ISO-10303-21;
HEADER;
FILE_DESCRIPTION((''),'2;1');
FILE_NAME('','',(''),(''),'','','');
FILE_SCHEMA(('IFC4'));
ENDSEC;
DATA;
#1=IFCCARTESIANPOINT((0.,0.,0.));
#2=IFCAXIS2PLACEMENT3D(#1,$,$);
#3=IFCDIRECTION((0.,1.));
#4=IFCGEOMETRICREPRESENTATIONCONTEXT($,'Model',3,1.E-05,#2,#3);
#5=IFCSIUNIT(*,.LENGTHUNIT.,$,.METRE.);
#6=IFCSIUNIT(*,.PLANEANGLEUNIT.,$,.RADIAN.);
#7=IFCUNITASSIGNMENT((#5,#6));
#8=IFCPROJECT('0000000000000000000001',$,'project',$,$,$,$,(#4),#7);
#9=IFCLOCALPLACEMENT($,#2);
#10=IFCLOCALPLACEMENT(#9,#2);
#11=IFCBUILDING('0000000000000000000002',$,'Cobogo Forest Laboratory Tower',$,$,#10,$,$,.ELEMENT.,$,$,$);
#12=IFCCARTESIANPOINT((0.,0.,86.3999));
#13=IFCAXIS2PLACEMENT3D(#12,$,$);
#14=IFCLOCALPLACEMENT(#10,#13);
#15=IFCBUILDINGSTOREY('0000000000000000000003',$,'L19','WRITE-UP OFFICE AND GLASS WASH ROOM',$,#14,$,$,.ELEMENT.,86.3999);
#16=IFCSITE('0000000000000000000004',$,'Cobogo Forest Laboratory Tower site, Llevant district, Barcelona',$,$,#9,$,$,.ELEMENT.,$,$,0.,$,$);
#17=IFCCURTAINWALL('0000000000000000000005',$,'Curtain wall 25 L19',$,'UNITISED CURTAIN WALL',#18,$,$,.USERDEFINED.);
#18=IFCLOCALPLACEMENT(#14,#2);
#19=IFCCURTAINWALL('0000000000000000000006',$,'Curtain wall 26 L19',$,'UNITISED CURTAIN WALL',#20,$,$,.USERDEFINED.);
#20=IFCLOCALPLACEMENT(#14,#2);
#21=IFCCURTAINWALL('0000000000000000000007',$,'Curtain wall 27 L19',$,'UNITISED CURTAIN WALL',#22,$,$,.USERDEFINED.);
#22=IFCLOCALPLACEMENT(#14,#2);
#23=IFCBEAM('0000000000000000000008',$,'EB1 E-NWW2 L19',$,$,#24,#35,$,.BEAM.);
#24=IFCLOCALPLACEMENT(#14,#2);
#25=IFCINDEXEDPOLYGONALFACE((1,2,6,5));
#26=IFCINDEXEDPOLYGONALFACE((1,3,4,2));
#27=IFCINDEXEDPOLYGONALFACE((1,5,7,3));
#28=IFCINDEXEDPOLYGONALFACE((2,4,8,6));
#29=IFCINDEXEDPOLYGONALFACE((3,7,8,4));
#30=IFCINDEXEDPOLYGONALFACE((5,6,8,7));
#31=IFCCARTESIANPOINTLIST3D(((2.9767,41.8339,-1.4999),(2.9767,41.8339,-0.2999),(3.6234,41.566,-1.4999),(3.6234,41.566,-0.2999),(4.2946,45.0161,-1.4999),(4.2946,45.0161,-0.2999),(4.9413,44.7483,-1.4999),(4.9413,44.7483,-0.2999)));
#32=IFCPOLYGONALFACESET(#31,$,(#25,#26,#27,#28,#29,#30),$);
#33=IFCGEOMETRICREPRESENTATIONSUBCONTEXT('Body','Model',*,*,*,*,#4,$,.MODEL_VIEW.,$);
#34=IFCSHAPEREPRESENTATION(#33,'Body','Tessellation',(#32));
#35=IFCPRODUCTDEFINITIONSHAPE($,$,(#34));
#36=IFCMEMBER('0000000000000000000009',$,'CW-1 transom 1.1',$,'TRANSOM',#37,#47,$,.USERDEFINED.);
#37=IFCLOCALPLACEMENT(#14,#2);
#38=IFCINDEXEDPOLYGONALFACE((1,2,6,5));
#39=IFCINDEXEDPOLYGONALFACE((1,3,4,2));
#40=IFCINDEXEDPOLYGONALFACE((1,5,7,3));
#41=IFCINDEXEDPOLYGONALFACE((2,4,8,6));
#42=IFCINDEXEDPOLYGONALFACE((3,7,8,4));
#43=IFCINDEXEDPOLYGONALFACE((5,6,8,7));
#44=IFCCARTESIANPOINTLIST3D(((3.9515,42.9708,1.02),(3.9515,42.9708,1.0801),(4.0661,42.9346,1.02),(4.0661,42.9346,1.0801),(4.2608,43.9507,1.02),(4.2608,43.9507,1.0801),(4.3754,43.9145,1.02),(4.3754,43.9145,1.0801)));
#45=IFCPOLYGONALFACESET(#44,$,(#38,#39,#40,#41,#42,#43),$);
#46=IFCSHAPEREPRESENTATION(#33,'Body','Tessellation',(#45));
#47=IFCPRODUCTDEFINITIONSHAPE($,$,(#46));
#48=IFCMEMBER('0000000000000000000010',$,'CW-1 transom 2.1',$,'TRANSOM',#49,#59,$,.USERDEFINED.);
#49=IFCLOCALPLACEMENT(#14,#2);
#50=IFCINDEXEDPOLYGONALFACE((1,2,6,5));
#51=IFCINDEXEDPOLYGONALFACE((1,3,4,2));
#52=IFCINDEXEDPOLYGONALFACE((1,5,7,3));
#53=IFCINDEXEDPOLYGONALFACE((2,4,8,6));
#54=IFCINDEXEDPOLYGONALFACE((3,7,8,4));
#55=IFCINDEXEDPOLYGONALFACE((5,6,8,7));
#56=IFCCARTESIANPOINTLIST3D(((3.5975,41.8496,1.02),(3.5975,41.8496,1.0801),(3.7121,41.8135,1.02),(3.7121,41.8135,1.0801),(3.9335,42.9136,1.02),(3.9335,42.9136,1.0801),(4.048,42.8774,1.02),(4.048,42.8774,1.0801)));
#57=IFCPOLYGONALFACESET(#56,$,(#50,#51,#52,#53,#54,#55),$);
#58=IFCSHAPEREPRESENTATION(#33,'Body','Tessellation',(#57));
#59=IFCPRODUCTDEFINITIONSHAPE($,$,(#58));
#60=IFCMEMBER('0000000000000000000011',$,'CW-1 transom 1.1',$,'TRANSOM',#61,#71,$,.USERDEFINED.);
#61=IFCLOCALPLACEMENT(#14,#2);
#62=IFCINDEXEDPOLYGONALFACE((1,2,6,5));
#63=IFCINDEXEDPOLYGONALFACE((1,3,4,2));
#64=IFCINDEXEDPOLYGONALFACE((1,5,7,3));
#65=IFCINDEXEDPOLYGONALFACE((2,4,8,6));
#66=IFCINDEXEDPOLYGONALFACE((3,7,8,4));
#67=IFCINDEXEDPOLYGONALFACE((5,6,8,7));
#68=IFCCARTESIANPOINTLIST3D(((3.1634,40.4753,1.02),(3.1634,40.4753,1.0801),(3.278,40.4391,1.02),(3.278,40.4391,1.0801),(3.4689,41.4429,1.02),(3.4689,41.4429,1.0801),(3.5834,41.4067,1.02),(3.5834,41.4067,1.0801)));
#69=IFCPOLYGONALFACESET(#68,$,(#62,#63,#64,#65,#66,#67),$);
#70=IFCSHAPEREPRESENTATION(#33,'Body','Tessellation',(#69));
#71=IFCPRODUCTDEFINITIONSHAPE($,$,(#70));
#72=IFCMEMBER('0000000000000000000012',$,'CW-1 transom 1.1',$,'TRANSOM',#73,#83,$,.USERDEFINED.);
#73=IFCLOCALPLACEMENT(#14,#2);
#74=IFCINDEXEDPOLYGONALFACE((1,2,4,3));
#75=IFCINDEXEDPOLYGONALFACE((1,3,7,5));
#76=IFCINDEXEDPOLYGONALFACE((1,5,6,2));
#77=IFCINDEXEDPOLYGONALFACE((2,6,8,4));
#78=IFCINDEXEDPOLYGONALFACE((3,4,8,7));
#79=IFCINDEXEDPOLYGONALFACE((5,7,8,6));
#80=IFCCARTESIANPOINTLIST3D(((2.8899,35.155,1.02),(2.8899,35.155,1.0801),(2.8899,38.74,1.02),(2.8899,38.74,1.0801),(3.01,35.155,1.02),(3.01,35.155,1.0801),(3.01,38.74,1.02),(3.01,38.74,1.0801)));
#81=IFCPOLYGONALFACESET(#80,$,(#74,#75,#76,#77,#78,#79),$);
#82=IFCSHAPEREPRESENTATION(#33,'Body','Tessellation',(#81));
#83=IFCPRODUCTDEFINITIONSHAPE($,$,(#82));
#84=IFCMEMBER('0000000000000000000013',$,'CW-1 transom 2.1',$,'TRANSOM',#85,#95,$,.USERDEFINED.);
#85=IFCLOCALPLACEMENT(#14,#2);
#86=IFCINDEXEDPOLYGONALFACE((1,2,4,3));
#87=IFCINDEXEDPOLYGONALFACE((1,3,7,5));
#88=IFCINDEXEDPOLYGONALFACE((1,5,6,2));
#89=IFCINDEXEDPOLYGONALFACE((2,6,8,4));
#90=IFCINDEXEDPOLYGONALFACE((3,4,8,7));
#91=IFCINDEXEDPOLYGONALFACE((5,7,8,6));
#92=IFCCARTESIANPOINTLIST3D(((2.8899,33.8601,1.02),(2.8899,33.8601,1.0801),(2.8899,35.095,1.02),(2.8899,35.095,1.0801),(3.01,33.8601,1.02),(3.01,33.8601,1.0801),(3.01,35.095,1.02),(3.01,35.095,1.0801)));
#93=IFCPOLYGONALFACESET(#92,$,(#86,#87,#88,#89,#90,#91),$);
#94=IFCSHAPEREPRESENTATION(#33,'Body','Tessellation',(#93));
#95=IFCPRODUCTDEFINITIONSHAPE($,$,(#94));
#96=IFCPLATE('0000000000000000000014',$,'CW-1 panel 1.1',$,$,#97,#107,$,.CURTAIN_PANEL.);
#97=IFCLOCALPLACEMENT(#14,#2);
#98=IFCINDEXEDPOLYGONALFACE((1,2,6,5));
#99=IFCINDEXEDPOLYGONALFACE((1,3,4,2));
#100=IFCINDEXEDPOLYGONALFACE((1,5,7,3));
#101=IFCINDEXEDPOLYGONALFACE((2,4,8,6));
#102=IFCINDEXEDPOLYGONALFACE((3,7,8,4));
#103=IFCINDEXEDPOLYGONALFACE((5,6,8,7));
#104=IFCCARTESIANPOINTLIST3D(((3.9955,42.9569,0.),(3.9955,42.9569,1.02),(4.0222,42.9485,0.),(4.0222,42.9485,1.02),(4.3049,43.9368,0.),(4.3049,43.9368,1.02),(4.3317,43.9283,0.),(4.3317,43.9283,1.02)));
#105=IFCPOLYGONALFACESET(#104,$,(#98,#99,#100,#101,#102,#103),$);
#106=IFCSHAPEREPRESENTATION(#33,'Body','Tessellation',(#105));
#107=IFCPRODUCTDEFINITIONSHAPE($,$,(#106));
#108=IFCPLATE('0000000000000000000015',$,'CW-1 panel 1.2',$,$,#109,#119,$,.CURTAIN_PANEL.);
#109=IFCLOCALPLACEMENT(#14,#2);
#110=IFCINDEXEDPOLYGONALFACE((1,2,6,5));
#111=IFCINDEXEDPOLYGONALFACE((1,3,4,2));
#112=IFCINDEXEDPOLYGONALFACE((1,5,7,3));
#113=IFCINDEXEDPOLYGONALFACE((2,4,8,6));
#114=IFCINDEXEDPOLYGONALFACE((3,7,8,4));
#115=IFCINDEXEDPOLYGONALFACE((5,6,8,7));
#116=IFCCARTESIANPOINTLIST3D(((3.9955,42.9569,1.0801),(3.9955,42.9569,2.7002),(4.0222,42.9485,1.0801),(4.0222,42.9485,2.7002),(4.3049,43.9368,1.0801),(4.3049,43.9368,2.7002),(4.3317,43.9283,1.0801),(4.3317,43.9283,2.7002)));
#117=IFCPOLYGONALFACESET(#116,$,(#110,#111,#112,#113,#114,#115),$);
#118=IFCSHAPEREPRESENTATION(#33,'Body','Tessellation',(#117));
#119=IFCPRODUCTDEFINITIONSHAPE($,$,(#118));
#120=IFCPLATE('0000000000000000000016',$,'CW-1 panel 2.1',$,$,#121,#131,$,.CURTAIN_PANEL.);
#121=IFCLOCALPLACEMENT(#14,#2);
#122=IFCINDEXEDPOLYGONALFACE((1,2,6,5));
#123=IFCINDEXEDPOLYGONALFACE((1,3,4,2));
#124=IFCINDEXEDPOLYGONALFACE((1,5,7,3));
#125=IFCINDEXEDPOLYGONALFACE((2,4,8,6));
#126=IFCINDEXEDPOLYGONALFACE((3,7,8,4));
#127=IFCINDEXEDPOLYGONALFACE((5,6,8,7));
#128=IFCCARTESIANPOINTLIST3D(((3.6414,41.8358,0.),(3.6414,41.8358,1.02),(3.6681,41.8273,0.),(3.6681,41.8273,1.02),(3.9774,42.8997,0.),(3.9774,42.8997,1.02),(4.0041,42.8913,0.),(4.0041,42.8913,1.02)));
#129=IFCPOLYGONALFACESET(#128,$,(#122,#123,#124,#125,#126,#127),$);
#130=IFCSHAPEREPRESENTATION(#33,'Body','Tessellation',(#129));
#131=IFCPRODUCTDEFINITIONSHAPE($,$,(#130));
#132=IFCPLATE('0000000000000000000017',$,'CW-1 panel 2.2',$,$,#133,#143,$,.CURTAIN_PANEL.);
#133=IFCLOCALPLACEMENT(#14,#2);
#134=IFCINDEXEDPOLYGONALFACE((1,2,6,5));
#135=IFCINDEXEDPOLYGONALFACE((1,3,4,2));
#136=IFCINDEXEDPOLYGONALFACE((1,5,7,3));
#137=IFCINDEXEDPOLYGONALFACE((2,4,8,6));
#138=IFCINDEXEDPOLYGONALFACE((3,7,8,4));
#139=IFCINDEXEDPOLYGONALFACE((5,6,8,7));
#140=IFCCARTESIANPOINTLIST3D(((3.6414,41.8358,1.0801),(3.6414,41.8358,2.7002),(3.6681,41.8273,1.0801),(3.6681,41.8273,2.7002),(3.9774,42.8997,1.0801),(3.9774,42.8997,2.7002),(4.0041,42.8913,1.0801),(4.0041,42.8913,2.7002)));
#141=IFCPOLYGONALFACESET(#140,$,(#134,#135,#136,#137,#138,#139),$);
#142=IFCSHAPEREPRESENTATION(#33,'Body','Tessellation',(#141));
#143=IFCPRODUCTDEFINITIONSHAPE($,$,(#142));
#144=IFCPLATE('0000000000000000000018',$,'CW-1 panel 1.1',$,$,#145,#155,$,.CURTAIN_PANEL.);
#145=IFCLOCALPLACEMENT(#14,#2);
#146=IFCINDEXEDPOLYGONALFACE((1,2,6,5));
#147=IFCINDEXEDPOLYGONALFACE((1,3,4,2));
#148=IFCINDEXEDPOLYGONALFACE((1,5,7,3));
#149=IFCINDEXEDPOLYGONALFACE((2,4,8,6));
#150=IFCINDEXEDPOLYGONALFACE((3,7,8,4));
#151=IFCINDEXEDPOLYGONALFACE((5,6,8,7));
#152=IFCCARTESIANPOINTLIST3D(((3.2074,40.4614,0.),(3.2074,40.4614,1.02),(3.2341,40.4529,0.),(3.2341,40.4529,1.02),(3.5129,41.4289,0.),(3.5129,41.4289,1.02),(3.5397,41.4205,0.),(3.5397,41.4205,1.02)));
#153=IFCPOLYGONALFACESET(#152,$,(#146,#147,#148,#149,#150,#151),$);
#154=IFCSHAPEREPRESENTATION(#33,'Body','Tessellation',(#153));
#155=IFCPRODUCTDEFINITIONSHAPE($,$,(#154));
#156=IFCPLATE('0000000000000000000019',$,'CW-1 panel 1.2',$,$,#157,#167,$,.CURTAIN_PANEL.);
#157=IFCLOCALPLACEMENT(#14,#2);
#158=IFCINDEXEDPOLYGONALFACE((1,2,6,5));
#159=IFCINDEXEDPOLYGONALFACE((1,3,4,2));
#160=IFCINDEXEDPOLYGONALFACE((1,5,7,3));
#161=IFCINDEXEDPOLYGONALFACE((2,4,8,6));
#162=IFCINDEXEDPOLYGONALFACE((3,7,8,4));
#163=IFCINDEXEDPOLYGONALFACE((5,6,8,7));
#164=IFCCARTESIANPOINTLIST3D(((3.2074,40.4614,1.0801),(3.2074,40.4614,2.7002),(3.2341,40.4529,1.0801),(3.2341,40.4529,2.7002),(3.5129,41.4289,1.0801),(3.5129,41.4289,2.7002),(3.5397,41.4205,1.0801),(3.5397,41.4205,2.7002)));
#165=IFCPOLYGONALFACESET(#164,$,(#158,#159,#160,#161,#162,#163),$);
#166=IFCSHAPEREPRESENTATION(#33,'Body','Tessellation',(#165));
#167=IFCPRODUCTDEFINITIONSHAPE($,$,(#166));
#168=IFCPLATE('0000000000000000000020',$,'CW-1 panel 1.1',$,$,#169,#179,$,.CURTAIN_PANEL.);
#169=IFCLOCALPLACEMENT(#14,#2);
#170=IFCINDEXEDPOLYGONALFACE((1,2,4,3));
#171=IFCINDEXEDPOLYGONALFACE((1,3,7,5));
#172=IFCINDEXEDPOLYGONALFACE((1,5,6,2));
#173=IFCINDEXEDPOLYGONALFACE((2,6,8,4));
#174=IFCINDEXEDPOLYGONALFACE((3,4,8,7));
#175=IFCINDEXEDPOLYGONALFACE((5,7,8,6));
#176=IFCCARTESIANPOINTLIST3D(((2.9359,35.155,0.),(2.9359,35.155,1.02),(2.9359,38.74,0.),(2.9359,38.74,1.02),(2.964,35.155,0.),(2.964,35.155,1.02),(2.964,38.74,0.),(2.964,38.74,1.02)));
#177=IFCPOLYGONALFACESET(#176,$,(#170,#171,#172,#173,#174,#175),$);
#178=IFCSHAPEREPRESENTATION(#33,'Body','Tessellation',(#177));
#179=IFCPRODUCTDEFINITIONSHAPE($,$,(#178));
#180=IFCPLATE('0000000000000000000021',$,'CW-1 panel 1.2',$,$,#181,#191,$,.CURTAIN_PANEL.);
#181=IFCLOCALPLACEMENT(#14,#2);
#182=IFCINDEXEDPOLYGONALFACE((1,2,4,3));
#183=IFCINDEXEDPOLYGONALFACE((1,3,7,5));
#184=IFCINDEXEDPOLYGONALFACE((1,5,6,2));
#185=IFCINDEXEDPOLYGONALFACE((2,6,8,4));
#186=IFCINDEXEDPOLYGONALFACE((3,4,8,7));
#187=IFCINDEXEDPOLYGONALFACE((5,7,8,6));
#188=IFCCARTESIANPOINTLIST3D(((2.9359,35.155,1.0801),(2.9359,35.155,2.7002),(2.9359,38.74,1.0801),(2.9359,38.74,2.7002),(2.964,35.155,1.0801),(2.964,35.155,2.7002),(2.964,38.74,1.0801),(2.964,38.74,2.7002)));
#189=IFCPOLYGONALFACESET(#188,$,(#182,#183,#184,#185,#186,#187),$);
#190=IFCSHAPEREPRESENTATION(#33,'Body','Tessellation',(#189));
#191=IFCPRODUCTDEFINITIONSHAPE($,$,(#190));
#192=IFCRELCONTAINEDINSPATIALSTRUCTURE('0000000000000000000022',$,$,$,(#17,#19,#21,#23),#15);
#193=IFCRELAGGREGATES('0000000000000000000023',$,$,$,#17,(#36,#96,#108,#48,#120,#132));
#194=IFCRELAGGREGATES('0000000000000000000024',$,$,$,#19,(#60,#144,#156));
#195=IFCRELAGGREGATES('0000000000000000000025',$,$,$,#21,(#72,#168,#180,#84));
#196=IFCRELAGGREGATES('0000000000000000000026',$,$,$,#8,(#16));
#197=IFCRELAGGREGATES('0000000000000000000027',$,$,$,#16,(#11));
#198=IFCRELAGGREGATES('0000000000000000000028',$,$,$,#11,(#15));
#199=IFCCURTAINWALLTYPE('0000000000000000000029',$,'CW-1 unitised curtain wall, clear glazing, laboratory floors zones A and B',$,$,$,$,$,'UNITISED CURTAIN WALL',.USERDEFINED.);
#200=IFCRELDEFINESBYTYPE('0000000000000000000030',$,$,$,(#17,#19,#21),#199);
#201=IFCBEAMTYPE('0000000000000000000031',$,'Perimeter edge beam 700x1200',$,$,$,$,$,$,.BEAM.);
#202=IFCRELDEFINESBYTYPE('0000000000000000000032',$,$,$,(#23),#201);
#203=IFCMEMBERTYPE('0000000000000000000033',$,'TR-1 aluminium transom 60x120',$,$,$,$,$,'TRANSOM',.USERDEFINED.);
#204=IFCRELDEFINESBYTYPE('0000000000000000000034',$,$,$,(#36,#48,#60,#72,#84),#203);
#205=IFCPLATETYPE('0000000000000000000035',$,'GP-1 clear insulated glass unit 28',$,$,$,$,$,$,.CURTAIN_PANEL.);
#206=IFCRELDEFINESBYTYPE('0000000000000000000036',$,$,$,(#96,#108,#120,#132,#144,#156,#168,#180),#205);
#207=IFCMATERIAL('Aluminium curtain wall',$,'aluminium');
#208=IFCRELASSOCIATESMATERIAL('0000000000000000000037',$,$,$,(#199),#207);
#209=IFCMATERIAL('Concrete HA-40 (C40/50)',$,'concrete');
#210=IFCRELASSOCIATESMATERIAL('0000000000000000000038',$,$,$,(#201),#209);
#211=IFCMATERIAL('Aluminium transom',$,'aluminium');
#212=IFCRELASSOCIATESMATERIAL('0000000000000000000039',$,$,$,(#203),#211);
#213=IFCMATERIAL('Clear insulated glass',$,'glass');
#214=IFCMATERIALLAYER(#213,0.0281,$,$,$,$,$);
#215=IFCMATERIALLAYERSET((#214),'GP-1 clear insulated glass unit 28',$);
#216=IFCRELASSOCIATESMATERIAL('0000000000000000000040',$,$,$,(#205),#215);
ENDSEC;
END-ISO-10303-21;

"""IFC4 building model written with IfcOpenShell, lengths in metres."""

from ifc_helpers import new_model, si_unit, direction, frame, origin, origin_2d, place, context, subcontext, project, spatial, rectangle, extrude, material, layer, layer_set, material_profile, profile_set, type_object, element, aggregate, save


model = new_model("IFC4")

# Units and contexts
model_context = context("Model", 3, precision=1e-05, world=origin(), true_north=direction((0.0, 1.0)))
body_context = subcontext(model_context, "Body", "Model", "MODEL_VIEW")
ifc_project = project(units=[si_unit("LENGTHUNIT", "METRE"), si_unit("PLANEANGLEUNIT", "RADIAN")], contexts=[model_context])

# Site, building, storey
site_placement = place(None, origin())
site = spatial("IfcSite", under=ifc_project, at=site_placement, Name="Cobogo Forest Laboratory Tower site, Llevant district, Barcelona", CompositionType="ELEMENT", RefElevation=0.0)
building_placement = place(site_placement, origin())
building = spatial("IfcBuilding", under=site, at=building_placement, Name="Cobogo Forest Laboratory Tower", CompositionType="ELEMENT")
storey_placement = place(building_placement, frame((0.0, 0.0, 86.3999)))
storey = spatial("IfcBuildingStorey", under=building, at=storey_placement, Name="L19", Description="WRITE-UP OFFICE AND GLASS WASH ROOM", CompositionType="ELEMENT", Elevation=86.3999)

# Shared definitions
ifc_material_1 = material(Name="Concrete HA-40 (C40/50)", Category="concrete")

# Curtain walls
ifc_material_2 = material(Name="Aluminium curtain wall", Category="aluminium")
curtain_wall_type = type_object("IfcCurtainWallType", Name="CW-1 unitised curtain wall, clear glazing, laboratory floors zones A and B", ElementType="UNITISED CURTAIN WALL", PredefinedType="USERDEFINED", material=ifc_material_2)
curtain_wall_1_placement = place(storey_placement, origin())
curtain_wall_1 = element("IfcCurtainWall", 1, at=curtain_wall_1_placement, inside=storey, type_object=curtain_wall_type, Name="Curtain wall 25 L19", ObjectType="UNITISED CURTAIN WALL", PredefinedType="USERDEFINED")
curtain_wall_2_placement = place(storey_placement, origin())
curtain_wall_2 = element("IfcCurtainWall", 2, at=curtain_wall_2_placement, inside=storey, type_object=curtain_wall_type, Name="Curtain wall 26 L19", ObjectType="UNITISED CURTAIN WALL", PredefinedType="USERDEFINED")
curtain_wall_3_placement = place(storey_placement, origin())
curtain_wall_3 = element("IfcCurtainWall", 3, at=curtain_wall_3_placement, inside=storey, type_object=curtain_wall_type, Name="Curtain wall 27 L19", ObjectType="UNITISED CURTAIN WALL", PredefinedType="USERDEFINED")

# Beam
ifc_material_profile_1 = material_profile(ifc_material_1, rectangle(XDim=0.7, YDim=1.2, at=origin_2d()), Name="RC 700x1200")
ifc_profile_set_1 = profile_set([ifc_material_profile_1], Name="Concrete HA-40 (C40/50)")
beam_type_1 = type_object("IfcBeamType", Name="Perimeter edge beam 700x1200", PredefinedType="BEAM", material=ifc_profile_set_1)
beam_1_placement = place(storey_placement, frame((3.3, 41.7, -0.8999), z_axis=(0.382631, 0.923901, 0.0), x_axis=(-0.923901, 0.382631, 0.0)))
element("IfcBeam", 4, at=beam_1_placement, inside=storey, type_object=beam_type_1, Name="EB1 E-NWW2 L19", PredefinedType="BEAM", context=body_context, shape_type="SweptSolid", body=[
    extrude(rectangle(XDim=0.7, YDim=1.2, at=origin_2d()), origin(), (0.0, 0.0, 1.0), 3.4443),
])

# Members
ifc_material_3 = material(Name="Aluminium transom", Category="aluminium")
ifc_material_profile_2 = material_profile(ifc_material_3, rectangle(XDim=0.1201, YDim=0.0601, at=origin_2d()), Name="AL 60x120")
ifc_profile_set_2 = profile_set([ifc_material_profile_2], Name="Aluminium transom")
member_type_1 = type_object("IfcMemberType", Name="TR-1 aluminium transom 60x120", ElementType="TRANSOM", PredefinedType="USERDEFINED", material=ifc_profile_set_2)
member_1_placement = place(storey_placement, frame((4.3181, 43.9326, 1.05), z_axis=(-0.301006, -0.953622, 0.0), x_axis=(0.953622, -0.301006, 0.0)))
member_1 = element("IfcMember", 5, at=member_1_placement, type_object=member_type_1, Name="CW-1 transom 1.1", ObjectType="TRANSOM", PredefinedType="USERDEFINED", context=body_context, shape_type="SweptSolid", body=[
    extrude(rectangle(XDim=0.1201, YDim=0.0601, at=origin_2d()), origin(), (0.0, 0.0, 1.0), 1.0276),
])
member_2_placement = place(storey_placement, frame((3.9907, 42.8955, 1.05), z_axis=(-0.301089, -0.953596, 0.0), x_axis=(0.953596, -0.301089, 0.0)))
member_2 = element("IfcMember", 6, at=member_2_placement, type_object=member_type_1, Name="CW-1 transom 2.1", ObjectType="TRANSOM", PredefinedType="USERDEFINED", context=body_context, shape_type="SweptSolid", body=[
    extrude(rectangle(XDim=0.1201, YDim=0.0601, at=origin_2d()), origin(), (0.0, 0.0, 1.0), 1.1157),
])
member_3_placement = place(storey_placement, frame((3.5261, 41.4248, 1.05), z_axis=(-0.301028, -0.953615, 0.0), x_axis=(0.953615, -0.301028, 0.0)))
member_3 = element("IfcMember", 7, at=member_3_placement, type_object=member_type_1, Name="CW-1 transom 1.1", ObjectType="TRANSOM", PredefinedType="USERDEFINED", context=body_context, shape_type="SweptSolid", body=[
    extrude(rectangle(XDim=0.1201, YDim=0.0601, at=origin_2d()), origin(), (0.0, 0.0, 1.0), 1.0146),
])
member_4_placement = place(storey_placement, frame((2.95, 38.74, 1.05), z_axis=(0.0, -1.0, 0.0), x_axis=(1.0, 0.0, 0.0)))
member_4 = element("IfcMember", 8, at=member_4_placement, type_object=member_type_1, Name="CW-1 transom 1.1", ObjectType="TRANSOM", PredefinedType="USERDEFINED", context=body_context, shape_type="SweptSolid", body=[
    extrude(rectangle(XDim=0.1201, YDim=0.0601, at=origin_2d()), origin(), (0.0, 0.0, 1.0), 3.585),
])
member_5_placement = place(storey_placement, frame((2.95, 35.095, 1.05), z_axis=(0.0, -1.0, 0.0), x_axis=(1.0, 0.0, 0.0)))
member_5 = element("IfcMember", 9, at=member_5_placement, type_object=member_type_1, Name="CW-1 transom 2.1", ObjectType="TRANSOM", PredefinedType="USERDEFINED", context=body_context, shape_type="SweptSolid", body=[
    extrude(rectangle(XDim=0.1201, YDim=0.0601, at=origin_2d()), origin(), (0.0, 0.0, 1.0), 1.2349),
])

# Plates
ifc_material_4 = material(Name="Clear insulated glass", Category="glass")
ifc_layer_1 = layer(ifc_material_4, 0.0281)
ifc_layer_set_1 = layer_set([ifc_layer_1], Name="GP-1 clear insulated glass unit 28")
plate_type_1 = type_object("IfcPlateType", Name="GP-1 clear insulated glass unit 28", PredefinedType="CURTAIN_PANEL", material=ifc_layer_set_1)
plate_1_placement = place(storey_placement, frame((4.1636, 43.4426, 0.0), z_axis=(0.0, 0.0, 1.0), x_axis=(-0.301135, -0.953581, 0.0)))
plate_1 = element("IfcPlate", 10, at=plate_1_placement, type_object=plate_type_1, Name="CW-1 panel 1.1", PredefinedType="CURTAIN_PANEL", context=body_context, shape_type="SweptSolid", body=[
    extrude(rectangle(XDim=1.0276, YDim=0.0281, at=origin_2d()), origin(), (0.0, 0.0, 1.0), 1.02),
])
plate_2_placement = place(storey_placement, frame((4.1636, 43.4426, 1.0801), z_axis=(0.0, 0.0, 1.0), x_axis=(-0.301135, -0.953581, 0.0)))
plate_2 = element("IfcPlate", 11, at=plate_2_placement, type_object=plate_type_1, Name="CW-1 panel 1.2", PredefinedType="CURTAIN_PANEL", context=body_context, shape_type="SweptSolid", body=[
    extrude(rectangle(XDim=1.0276, YDim=0.0281, at=origin_2d()), origin(), (0.0, 0.0, 1.0), 1.6201),
])
plate_3_placement = place(storey_placement, frame((3.8228, 42.3635, 0.0), z_axis=(0.0, 0.0, 1.0), x_axis=(-0.301135, -0.953581, 0.0)))
plate_3 = element("IfcPlate", 12, at=plate_3_placement, type_object=plate_type_1, Name="CW-1 panel 2.1", PredefinedType="CURTAIN_PANEL", context=body_context, shape_type="SweptSolid", body=[
    extrude(rectangle(XDim=1.1157, YDim=0.0281, at=origin_2d()), origin(), (0.0, 0.0, 1.0), 1.02),
])
plate_4_placement = place(storey_placement, frame((3.8228, 42.3635, 1.0801), z_axis=(0.0, 0.0, 1.0), x_axis=(-0.301135, -0.953581, 0.0)))
plate_4 = element("IfcPlate", 13, at=plate_4_placement, type_object=plate_type_1, Name="CW-1 panel 2.2", PredefinedType="CURTAIN_PANEL", context=body_context, shape_type="SweptSolid", body=[
    extrude(rectangle(XDim=1.1157, YDim=0.0281, at=origin_2d()), origin(), (0.0, 0.0, 1.0), 1.6201),
])
aggregate(curtain_wall_1, [member_1, plate_1, plate_2, member_2, plate_3, plate_4])
plate_5_placement = place(storey_placement, frame((3.3735, 40.9409, 0.0), z_axis=(0.0, 0.0, 1.0), x_axis=(-0.301136, -0.953581, 0.0)))
plate_5 = element("IfcPlate", 14, at=plate_5_placement, type_object=plate_type_1, Name="CW-1 panel 1.1", PredefinedType="CURTAIN_PANEL", context=body_context, shape_type="SweptSolid", body=[
    extrude(rectangle(XDim=1.0146, YDim=0.0281, at=origin_2d()), origin(), (0.0, 0.0, 1.0), 1.02),
])
plate_6_placement = place(storey_placement, frame((3.3735, 40.9409, 1.0801), z_axis=(0.0, 0.0, 1.0), x_axis=(-0.301136, -0.953581, 0.0)))
plate_6 = element("IfcPlate", 15, at=plate_6_placement, type_object=plate_type_1, Name="CW-1 panel 1.2", PredefinedType="CURTAIN_PANEL", context=body_context, shape_type="SweptSolid", body=[
    extrude(rectangle(XDim=1.0146, YDim=0.0281, at=origin_2d()), origin(), (0.0, 0.0, 1.0), 1.6201),
])
aggregate(curtain_wall_2, [member_3, plate_5, plate_6])
plate_7_placement = place(storey_placement, frame((2.95, 36.9475, 0.0), z_axis=(0.0, 0.0, 1.0), x_axis=(0.0, -1.0, 0.0)))
plate_7 = element("IfcPlate", 16, at=plate_7_placement, type_object=plate_type_1, Name="CW-1 panel 1.1", PredefinedType="CURTAIN_PANEL", context=body_context, shape_type="SweptSolid", body=[
    extrude(rectangle(XDim=3.585, YDim=0.0281, at=origin_2d()), origin(), (0.0, 0.0, 1.0), 1.02),
])
plate_8_placement = place(storey_placement, frame((2.95, 36.9475, 1.0801), z_axis=(0.0, 0.0, 1.0), x_axis=(0.0, -1.0, 0.0)))
plate_8 = element("IfcPlate", 17, at=plate_8_placement, type_object=plate_type_1, Name="CW-1 panel 1.2", PredefinedType="CURTAIN_PANEL", context=body_context, shape_type="SweptSolid", body=[
    extrude(rectangle(XDim=3.585, YDim=0.0281, at=origin_2d()), origin(), (0.0, 0.0, 1.0), 1.6201),
])
aggregate(curtain_wall_3, [member_4, plate_7, plate_8, member_5])

save(model, "model.ifc")
